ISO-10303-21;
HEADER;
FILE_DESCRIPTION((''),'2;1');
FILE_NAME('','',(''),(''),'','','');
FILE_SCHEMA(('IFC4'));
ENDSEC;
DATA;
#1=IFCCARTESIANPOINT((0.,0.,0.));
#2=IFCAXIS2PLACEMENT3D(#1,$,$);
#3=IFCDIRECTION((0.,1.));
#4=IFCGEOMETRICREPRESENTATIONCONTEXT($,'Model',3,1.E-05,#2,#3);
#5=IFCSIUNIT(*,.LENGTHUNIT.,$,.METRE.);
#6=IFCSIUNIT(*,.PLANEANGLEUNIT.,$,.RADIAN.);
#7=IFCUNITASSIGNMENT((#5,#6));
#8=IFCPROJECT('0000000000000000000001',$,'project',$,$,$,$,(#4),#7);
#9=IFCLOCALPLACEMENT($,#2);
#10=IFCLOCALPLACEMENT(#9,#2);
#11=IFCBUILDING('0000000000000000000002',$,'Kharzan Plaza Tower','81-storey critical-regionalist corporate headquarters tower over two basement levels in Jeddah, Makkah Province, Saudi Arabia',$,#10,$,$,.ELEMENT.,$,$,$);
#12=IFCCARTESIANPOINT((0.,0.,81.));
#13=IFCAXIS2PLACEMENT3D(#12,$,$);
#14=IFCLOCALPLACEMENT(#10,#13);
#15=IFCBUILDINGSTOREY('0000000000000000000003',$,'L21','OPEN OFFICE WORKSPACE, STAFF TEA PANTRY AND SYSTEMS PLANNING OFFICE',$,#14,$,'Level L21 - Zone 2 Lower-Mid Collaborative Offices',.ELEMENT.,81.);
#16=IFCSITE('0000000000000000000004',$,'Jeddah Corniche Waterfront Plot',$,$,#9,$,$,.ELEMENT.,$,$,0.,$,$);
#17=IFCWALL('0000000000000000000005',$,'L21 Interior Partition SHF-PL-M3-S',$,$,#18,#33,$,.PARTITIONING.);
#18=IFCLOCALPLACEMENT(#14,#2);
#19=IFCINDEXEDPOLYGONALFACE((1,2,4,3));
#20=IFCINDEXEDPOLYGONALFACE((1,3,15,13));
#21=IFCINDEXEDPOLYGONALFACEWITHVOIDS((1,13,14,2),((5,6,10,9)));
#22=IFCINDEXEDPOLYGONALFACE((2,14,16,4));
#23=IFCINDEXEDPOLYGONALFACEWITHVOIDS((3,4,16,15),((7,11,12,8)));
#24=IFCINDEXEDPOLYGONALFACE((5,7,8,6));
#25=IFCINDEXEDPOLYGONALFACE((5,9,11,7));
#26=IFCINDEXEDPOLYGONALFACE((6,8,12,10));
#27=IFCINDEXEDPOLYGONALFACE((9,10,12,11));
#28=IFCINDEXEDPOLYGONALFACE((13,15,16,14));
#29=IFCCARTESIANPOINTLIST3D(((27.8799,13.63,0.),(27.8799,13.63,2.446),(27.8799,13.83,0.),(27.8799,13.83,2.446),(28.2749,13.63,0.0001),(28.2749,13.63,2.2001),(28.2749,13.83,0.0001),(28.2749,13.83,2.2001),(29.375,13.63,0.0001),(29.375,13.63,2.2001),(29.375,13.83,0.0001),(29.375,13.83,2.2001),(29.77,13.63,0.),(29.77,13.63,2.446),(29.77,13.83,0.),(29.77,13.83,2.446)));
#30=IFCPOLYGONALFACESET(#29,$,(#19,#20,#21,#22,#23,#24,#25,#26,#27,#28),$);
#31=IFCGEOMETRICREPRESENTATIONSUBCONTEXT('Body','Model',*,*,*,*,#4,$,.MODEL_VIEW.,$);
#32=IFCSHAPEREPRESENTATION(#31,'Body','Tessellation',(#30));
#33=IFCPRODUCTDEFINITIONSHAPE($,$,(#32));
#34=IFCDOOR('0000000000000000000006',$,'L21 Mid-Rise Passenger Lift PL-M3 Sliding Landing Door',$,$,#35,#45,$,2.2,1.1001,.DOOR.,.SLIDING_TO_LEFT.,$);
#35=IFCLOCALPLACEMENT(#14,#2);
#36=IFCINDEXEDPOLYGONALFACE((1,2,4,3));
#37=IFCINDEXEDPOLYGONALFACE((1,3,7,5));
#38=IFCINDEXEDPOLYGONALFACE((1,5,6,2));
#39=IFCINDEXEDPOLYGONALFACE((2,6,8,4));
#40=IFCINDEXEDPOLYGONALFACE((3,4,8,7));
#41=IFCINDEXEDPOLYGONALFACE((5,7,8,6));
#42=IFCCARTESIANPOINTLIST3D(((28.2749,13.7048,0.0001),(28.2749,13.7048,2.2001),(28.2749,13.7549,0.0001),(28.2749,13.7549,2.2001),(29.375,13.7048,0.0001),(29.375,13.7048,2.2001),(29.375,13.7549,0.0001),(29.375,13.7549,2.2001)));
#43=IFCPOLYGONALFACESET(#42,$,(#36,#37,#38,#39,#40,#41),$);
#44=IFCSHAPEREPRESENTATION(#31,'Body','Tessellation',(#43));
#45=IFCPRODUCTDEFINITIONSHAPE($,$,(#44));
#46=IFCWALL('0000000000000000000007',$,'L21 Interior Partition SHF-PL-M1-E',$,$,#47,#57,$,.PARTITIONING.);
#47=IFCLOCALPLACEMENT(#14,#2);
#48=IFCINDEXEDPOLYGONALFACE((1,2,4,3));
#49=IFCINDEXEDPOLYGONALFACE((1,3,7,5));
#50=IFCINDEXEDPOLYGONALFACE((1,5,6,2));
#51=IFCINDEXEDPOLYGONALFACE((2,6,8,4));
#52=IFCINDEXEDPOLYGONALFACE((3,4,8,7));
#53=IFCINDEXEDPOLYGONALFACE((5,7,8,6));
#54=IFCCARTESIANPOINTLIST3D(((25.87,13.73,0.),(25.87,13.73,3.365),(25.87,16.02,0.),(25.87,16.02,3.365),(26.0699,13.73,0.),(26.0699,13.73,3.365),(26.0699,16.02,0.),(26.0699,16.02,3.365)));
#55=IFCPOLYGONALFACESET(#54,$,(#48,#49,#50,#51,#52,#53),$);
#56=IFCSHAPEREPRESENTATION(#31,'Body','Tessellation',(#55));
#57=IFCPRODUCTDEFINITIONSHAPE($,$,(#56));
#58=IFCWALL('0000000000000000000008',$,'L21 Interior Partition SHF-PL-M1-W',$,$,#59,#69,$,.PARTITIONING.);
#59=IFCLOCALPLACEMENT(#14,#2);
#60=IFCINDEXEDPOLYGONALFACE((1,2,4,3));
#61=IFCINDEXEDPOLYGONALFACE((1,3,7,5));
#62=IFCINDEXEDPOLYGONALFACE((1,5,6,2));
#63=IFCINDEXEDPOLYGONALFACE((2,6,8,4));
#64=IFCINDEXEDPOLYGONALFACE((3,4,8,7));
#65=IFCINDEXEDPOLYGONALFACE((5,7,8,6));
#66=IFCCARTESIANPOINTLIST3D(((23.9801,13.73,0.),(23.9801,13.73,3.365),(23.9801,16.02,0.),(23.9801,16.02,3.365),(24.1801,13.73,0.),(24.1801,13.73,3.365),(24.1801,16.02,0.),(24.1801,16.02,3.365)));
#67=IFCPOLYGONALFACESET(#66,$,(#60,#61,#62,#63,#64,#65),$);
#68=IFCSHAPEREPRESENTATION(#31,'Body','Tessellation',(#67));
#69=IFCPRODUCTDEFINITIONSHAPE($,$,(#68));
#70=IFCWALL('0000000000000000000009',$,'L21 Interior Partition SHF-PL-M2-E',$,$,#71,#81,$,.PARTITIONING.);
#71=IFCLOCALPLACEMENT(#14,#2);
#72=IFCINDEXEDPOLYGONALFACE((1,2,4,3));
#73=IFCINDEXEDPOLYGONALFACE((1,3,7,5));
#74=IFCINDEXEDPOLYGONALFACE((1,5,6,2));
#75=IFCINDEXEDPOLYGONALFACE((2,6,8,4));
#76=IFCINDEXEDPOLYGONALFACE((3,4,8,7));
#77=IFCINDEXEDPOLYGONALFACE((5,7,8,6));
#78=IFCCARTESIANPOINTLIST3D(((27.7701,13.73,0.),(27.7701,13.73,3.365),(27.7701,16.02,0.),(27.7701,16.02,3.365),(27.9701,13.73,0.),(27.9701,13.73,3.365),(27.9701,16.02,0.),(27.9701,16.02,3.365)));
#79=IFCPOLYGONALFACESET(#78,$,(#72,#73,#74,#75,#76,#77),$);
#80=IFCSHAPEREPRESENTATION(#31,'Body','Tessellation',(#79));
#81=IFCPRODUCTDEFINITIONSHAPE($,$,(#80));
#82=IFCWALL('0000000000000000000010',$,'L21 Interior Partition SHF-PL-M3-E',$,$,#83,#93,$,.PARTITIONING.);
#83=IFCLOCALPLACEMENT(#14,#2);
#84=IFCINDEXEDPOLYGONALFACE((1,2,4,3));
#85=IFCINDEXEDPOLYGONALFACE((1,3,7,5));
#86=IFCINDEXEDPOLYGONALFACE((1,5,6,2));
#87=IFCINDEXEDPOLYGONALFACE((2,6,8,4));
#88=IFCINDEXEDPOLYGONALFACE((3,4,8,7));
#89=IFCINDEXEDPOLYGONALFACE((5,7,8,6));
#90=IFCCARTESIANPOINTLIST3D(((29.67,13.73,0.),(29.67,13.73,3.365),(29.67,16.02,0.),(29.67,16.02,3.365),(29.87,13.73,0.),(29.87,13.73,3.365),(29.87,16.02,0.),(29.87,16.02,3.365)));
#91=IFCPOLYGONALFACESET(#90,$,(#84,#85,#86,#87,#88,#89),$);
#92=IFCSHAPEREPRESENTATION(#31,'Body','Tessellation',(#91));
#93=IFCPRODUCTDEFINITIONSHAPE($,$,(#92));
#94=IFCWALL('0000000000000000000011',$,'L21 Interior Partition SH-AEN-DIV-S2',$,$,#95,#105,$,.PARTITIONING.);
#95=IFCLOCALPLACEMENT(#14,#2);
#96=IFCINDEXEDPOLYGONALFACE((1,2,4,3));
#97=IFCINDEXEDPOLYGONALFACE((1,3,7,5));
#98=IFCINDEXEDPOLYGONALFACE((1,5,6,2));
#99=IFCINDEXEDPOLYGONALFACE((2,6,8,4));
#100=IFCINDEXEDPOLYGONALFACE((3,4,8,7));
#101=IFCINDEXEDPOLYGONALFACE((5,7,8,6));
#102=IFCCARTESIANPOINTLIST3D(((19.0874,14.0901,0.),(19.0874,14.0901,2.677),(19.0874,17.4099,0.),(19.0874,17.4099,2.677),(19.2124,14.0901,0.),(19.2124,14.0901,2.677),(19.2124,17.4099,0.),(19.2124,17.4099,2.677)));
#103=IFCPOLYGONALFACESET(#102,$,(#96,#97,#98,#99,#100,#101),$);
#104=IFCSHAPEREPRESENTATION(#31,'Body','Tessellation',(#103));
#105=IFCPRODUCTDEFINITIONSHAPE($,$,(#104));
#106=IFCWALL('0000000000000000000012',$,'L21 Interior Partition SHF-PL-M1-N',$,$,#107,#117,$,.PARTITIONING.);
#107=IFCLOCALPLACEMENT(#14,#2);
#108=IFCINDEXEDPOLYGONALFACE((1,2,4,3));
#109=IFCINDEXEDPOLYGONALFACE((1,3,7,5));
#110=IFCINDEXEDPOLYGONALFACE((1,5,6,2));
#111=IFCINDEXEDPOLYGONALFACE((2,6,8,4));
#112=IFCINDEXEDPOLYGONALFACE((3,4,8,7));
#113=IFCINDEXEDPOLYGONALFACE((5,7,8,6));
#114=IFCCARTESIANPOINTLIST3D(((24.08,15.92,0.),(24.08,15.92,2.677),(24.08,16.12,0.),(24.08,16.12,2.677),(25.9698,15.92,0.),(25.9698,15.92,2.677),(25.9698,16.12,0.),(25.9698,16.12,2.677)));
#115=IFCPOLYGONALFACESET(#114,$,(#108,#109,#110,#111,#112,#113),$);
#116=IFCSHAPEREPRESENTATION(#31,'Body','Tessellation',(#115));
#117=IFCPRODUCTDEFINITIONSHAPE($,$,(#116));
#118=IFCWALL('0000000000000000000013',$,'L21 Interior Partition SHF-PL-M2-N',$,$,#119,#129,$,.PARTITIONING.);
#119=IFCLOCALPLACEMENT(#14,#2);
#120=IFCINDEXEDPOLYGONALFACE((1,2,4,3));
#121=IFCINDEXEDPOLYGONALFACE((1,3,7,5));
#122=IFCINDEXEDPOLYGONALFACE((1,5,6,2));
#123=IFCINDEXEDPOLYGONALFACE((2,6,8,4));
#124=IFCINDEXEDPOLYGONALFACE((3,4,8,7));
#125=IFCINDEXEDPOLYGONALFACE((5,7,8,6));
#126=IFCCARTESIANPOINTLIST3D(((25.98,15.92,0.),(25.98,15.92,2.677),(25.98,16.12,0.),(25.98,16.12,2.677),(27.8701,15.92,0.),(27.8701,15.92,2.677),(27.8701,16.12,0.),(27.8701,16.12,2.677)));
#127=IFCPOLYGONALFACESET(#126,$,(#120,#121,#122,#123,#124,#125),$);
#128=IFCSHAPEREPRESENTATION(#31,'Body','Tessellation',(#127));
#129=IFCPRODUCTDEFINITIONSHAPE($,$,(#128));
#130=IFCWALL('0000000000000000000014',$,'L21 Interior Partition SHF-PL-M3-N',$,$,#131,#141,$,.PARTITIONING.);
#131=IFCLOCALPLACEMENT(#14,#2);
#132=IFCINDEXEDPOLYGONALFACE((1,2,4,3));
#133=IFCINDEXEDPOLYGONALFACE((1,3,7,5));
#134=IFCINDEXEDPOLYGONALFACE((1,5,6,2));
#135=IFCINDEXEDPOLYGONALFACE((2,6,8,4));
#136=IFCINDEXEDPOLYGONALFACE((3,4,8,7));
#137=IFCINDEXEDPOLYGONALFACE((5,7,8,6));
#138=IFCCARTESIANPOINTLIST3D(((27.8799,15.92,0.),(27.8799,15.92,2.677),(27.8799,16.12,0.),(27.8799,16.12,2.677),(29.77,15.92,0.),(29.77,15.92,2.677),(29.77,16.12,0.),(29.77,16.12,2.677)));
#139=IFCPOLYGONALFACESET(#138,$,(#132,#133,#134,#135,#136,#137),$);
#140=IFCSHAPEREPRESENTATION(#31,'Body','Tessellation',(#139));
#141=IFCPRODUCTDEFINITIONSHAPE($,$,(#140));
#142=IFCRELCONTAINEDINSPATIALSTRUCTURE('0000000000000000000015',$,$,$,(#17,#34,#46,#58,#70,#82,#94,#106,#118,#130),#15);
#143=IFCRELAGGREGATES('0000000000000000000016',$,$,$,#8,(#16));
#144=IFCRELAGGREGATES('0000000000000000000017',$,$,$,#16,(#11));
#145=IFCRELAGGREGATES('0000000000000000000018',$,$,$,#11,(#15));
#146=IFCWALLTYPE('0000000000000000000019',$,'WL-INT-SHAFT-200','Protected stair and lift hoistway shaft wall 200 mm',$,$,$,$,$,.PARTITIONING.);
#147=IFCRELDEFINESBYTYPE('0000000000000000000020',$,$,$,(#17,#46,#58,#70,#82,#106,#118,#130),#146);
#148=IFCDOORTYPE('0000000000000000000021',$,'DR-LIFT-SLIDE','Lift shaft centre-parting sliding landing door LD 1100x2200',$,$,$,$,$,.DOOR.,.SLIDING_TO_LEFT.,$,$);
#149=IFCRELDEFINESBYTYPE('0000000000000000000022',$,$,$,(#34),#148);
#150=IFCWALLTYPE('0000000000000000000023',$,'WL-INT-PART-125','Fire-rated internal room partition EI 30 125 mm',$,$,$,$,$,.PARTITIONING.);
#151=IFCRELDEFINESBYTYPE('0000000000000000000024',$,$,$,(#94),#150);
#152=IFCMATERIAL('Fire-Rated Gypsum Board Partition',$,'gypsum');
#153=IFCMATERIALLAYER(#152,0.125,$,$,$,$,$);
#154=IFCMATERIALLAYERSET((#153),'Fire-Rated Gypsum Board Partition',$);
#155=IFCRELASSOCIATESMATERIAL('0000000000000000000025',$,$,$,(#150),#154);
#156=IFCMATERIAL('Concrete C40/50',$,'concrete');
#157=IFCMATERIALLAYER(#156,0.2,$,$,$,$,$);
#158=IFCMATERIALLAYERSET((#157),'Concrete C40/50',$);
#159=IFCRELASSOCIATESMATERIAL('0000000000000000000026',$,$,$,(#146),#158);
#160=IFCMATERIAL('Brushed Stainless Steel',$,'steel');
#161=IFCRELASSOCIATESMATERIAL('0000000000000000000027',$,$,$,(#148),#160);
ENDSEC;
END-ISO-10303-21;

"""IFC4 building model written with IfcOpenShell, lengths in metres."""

from ifc_helpers import new_model, si_unit, direction, frame, frame_2d, origin, place, context, subcontext, project, spatial, rectangle, extrude, source, transform, mapped, material, layer, layer_set, type_object, element, fill, save


model = new_model("IFC4")

# Units and contexts
model_context = context("Model", 3, precision=1e-05, world=origin(), true_north=direction((0.0, 1.0)))
body_context = subcontext(model_context, "Body", "Model", "MODEL_VIEW")
ifc_project = project(units=[si_unit("LENGTHUNIT", "METRE"), si_unit("PLANEANGLEUNIT", "RADIAN")], contexts=[model_context])

# Site, building, storey
site_placement = place(None, origin())
site = spatial("IfcSite", under=ifc_project, at=site_placement, Name="Jeddah Corniche Waterfront Plot", CompositionType="ELEMENT", RefElevation=0.0)
building_placement = place(site_placement, origin())
building = spatial("IfcBuilding", under=site, at=building_placement, Name="Kharzan Plaza Tower", Description="81-storey critical-regionalist corporate headquarters tower over two basement levels in Jeddah, Makkah Province, Saudi Arabia", CompositionType="ELEMENT")
storey_placement = place(building_placement, frame((0.0, 0.0, 81.0)))
storey = spatial("IfcBuildingStorey", under=building, at=storey_placement, Name="L21", Description="OPEN OFFICE WORKSPACE, STAFF TEA PANTRY AND SYSTEMS PLANNING OFFICE", LongName="Level L21 - Zone 2 Lower-Mid Collaborative Offices", CompositionType="ELEMENT", Elevation=81.0)

# Wall, opening, door
ifc_material_1 = material(Name="Fire-Rated Gypsum Board Partition", Category="gypsum")
ifc_layer_1 = layer(ifc_material_1, 0.125)
ifc_layer_set_1 = layer_set([ifc_layer_1], Name="Fire-Rated Gypsum Board Partition")
wall_type_1 = type_object("IfcWallType", Name="WL-INT-PART-125", Description="Fire-rated internal room partition EI 30 125 mm", PredefinedType="PARTITIONING", material=ifc_layer_set_1)
ifc_material_2 = material(Name="Concrete C40/50", Category="concrete")
ifc_layer_2 = layer(ifc_material_2, 0.2)
ifc_layer_set_2 = layer_set([ifc_layer_2], Name="Concrete C40/50")
wall_type_2 = type_object("IfcWallType", Name="WL-INT-SHAFT-200", Description="Protected stair and lift hoistway shaft wall 200 mm", PredefinedType="PARTITIONING", material=ifc_layer_set_2)
ifc_material_3 = material(Name="Brushed Stainless Steel", Category="steel")
door_type_1 = type_object("IfcDoorType", Name="DR-LIFT-SLIDE", Description="Lift shaft centre-parting sliding landing door LD 1100x2200", OperationType="SLIDING_TO_LEFT", PredefinedType="DOOR", material=ifc_material_3)
shared_shape_1 = source(origin(), body_context, "Body", "SweptSolid", [
    extrude(rectangle(XDim=1.1001, YDim=2.2, at=frame_2d((0.55, 1.1001))), frame((0.0, 0.0249, 0.0), z_axis=(0.0, -1.0, 0.0), x_axis=(1.0, 0.0, 0.0)), (0.0, 0.0, 1.0), 0.05),
])
wall_1_placement = place(storey_placement, frame((27.8799, 13.73, 0.0), z_axis=(0.0, 0.0, 1.0), x_axis=(1.0, 0.0, 0.0)))
wall_1 = element("IfcWall", 1, at=wall_1_placement, inside=storey, type_object=wall_type_2, Name="L21 Interior Partition SHF-PL-M3-S", PredefinedType="PARTITIONING", context=body_context, shape_type="SweptSolid", body=[
    extrude(rectangle(XDim=1.8901, YDim=0.2, at=frame_2d((0.9451, 0.0))), origin(), (0.0, 0.0, 1.0), 2.446),
])
opening_1_placement = place(wall_1_placement, frame((0.395, 0.0, 0.0)))
opening_1 = element("IfcOpeningElement", 2, at=opening_1_placement, cuts=wall_1, PredefinedType="OPENING", context=body_context, shape_type="SweptSolid", body=[
    extrude(rectangle(XDim=1.1001, YDim=2.2, at=frame_2d((0.55, 1.1001))), frame((0.0, 0.1099, 0.0), z_axis=(0.0, -1.0, 0.0), x_axis=(1.0, 0.0, 0.0)), (0.0, 0.0, 1.0), 0.22),
])
door_1_placement = place(opening_1_placement, origin())
door_1 = element("IfcDoor", 3, at=door_1_placement, inside=storey, type_object=door_type_1, Name="L21 Mid-Rise Passenger Lift PL-M3 Sliding Landing Door", OperationType="SLIDING_TO_LEFT", OverallHeight=2.2, OverallWidth=1.1001, PredefinedType="DOOR", context=body_context, shape_type="MappedRepresentation", body=[
    mapped(shared_shape_1, transform((0.0, 0.0, 0.0), x_axis=(1.0, 0.0, 0.0), y_axis=(0.0, 1.0, 0.0), z_axis=(0.0, 0.0, 1.0))),
])
fill(opening_1, door_1)

# Walls
shared_shape_2 = source(origin(), body_context, "Body", "SweptSolid", [
    extrude(rectangle(XDim=2.29, YDim=0.2, at=frame_2d((1.145, 0.0))), origin(), (0.0, 0.0, 1.0), 3.365),
])
for number, where, z_axis, x_axis, name in (
    (4, (25.97, 13.73, 0.0), (0.0, 0.0, 1.0), (0.0, 1.0, 0.0), "L21 Interior Partition SHF-PL-M1-E"),
    (5, (24.0801, 13.73, 0.0), (0.0, 0.0, 1.0), (0.0, 1.0, 0.0), "L21 Interior Partition SHF-PL-M1-W"),
    (6, (27.8701, 13.73, 0.0), (0.0, 0.0, 1.0), (0.0, 1.0, 0.0), "L21 Interior Partition SHF-PL-M2-E"),
    (7, (29.77, 13.73, 0.0), (0.0, 0.0, 1.0), (0.0, 1.0, 0.0), "L21 Interior Partition SHF-PL-M3-E"),
):
    element("IfcWall", number, at=place(storey_placement, frame(where, z_axis=z_axis, x_axis=x_axis)), inside=storey, type_object=wall_type_2, Name=name, PredefinedType="PARTITIONING", context=body_context, shape_type="MappedRepresentation", body=[
        mapped(shared_shape_2, transform((0.0, 0.0, 0.0), x_axis=(1.0, 0.0, 0.0), y_axis=(0.0, 1.0, 0.0), z_axis=(0.0, 0.0, 1.0))),
    ])
shared_shape_3 = source(origin(), body_context, "Body", "SweptSolid", [
    extrude(rectangle(XDim=3.3198, YDim=0.125, at=frame_2d((1.6599, 0.0))), origin(), (0.0, 0.0, 1.0), 2.677),
])
wall_2_placement = place(storey_placement, frame((19.1499, 14.0901, 0.0), z_axis=(0.0, 0.0, 1.0), x_axis=(0.0, 1.0, 0.0)))
element("IfcWall", 8, at=wall_2_placement, inside=storey, type_object=wall_type_1, Name="L21 Interior Partition SH-AEN-DIV-S2", PredefinedType="PARTITIONING", context=body_context, shape_type="MappedRepresentation", body=[
    mapped(shared_shape_3, transform((0.0, 0.0, 0.0), x_axis=(1.0, 0.0, 0.0), y_axis=(0.0, 1.0, 0.0), z_axis=(0.0, 0.0, 1.0))),
])
shared_shape_4 = source(origin(), body_context, "Body", "SweptSolid", [
    extrude(rectangle(XDim=1.8899, YDim=0.2, at=frame_2d((0.9448, 0.0))), origin(), (0.0, 0.0, 1.0), 2.677),
])
wall_3_placement = place(storey_placement, frame((24.0801, 16.02, 0.0), z_axis=(0.0, 0.0, 1.0), x_axis=(1.0, 0.0, 0.0)))
element("IfcWall", 9, at=wall_3_placement, inside=storey, type_object=wall_type_2, Name="L21 Interior Partition SHF-PL-M1-N", PredefinedType="PARTITIONING", context=body_context, shape_type="MappedRepresentation", body=[
    mapped(shared_shape_4, transform((0.0, 0.0, 0.0), x_axis=(1.0, 0.0, 0.0), y_axis=(0.0, 1.0, 0.0), z_axis=(0.0, 0.0, 1.0))),
])
shared_shape_5 = source(origin(), body_context, "Body", "SweptSolid", [
    extrude(rectangle(XDim=1.8901, YDim=0.2, at=frame_2d((0.9451, 0.0))), origin(), (0.0, 0.0, 1.0), 2.677),
])
for number, where, z_axis, x_axis, name in (
    (10, (25.98, 16.02, 0.0), (0.0, 0.0, 1.0), (1.0, 0.0, 0.0), "L21 Interior Partition SHF-PL-M2-N"),
    (11, (27.8799, 16.02, 0.0), (0.0, 0.0, 1.0), (1.0, 0.0, 0.0), "L21 Interior Partition SHF-PL-M3-N"),
):
    element("IfcWall", number, at=place(storey_placement, frame(where, z_axis=z_axis, x_axis=x_axis)), inside=storey, type_object=wall_type_2, Name=name, PredefinedType="PARTITIONING", context=body_context, shape_type="MappedRepresentation", body=[
        mapped(shared_shape_5, transform((0.0, 0.0, 0.0), x_axis=(1.0, 0.0, 0.0), y_axis=(0.0, 1.0, 0.0), z_axis=(0.0, 0.0, 1.0))),
    ])

save(model, "model.ifc")
